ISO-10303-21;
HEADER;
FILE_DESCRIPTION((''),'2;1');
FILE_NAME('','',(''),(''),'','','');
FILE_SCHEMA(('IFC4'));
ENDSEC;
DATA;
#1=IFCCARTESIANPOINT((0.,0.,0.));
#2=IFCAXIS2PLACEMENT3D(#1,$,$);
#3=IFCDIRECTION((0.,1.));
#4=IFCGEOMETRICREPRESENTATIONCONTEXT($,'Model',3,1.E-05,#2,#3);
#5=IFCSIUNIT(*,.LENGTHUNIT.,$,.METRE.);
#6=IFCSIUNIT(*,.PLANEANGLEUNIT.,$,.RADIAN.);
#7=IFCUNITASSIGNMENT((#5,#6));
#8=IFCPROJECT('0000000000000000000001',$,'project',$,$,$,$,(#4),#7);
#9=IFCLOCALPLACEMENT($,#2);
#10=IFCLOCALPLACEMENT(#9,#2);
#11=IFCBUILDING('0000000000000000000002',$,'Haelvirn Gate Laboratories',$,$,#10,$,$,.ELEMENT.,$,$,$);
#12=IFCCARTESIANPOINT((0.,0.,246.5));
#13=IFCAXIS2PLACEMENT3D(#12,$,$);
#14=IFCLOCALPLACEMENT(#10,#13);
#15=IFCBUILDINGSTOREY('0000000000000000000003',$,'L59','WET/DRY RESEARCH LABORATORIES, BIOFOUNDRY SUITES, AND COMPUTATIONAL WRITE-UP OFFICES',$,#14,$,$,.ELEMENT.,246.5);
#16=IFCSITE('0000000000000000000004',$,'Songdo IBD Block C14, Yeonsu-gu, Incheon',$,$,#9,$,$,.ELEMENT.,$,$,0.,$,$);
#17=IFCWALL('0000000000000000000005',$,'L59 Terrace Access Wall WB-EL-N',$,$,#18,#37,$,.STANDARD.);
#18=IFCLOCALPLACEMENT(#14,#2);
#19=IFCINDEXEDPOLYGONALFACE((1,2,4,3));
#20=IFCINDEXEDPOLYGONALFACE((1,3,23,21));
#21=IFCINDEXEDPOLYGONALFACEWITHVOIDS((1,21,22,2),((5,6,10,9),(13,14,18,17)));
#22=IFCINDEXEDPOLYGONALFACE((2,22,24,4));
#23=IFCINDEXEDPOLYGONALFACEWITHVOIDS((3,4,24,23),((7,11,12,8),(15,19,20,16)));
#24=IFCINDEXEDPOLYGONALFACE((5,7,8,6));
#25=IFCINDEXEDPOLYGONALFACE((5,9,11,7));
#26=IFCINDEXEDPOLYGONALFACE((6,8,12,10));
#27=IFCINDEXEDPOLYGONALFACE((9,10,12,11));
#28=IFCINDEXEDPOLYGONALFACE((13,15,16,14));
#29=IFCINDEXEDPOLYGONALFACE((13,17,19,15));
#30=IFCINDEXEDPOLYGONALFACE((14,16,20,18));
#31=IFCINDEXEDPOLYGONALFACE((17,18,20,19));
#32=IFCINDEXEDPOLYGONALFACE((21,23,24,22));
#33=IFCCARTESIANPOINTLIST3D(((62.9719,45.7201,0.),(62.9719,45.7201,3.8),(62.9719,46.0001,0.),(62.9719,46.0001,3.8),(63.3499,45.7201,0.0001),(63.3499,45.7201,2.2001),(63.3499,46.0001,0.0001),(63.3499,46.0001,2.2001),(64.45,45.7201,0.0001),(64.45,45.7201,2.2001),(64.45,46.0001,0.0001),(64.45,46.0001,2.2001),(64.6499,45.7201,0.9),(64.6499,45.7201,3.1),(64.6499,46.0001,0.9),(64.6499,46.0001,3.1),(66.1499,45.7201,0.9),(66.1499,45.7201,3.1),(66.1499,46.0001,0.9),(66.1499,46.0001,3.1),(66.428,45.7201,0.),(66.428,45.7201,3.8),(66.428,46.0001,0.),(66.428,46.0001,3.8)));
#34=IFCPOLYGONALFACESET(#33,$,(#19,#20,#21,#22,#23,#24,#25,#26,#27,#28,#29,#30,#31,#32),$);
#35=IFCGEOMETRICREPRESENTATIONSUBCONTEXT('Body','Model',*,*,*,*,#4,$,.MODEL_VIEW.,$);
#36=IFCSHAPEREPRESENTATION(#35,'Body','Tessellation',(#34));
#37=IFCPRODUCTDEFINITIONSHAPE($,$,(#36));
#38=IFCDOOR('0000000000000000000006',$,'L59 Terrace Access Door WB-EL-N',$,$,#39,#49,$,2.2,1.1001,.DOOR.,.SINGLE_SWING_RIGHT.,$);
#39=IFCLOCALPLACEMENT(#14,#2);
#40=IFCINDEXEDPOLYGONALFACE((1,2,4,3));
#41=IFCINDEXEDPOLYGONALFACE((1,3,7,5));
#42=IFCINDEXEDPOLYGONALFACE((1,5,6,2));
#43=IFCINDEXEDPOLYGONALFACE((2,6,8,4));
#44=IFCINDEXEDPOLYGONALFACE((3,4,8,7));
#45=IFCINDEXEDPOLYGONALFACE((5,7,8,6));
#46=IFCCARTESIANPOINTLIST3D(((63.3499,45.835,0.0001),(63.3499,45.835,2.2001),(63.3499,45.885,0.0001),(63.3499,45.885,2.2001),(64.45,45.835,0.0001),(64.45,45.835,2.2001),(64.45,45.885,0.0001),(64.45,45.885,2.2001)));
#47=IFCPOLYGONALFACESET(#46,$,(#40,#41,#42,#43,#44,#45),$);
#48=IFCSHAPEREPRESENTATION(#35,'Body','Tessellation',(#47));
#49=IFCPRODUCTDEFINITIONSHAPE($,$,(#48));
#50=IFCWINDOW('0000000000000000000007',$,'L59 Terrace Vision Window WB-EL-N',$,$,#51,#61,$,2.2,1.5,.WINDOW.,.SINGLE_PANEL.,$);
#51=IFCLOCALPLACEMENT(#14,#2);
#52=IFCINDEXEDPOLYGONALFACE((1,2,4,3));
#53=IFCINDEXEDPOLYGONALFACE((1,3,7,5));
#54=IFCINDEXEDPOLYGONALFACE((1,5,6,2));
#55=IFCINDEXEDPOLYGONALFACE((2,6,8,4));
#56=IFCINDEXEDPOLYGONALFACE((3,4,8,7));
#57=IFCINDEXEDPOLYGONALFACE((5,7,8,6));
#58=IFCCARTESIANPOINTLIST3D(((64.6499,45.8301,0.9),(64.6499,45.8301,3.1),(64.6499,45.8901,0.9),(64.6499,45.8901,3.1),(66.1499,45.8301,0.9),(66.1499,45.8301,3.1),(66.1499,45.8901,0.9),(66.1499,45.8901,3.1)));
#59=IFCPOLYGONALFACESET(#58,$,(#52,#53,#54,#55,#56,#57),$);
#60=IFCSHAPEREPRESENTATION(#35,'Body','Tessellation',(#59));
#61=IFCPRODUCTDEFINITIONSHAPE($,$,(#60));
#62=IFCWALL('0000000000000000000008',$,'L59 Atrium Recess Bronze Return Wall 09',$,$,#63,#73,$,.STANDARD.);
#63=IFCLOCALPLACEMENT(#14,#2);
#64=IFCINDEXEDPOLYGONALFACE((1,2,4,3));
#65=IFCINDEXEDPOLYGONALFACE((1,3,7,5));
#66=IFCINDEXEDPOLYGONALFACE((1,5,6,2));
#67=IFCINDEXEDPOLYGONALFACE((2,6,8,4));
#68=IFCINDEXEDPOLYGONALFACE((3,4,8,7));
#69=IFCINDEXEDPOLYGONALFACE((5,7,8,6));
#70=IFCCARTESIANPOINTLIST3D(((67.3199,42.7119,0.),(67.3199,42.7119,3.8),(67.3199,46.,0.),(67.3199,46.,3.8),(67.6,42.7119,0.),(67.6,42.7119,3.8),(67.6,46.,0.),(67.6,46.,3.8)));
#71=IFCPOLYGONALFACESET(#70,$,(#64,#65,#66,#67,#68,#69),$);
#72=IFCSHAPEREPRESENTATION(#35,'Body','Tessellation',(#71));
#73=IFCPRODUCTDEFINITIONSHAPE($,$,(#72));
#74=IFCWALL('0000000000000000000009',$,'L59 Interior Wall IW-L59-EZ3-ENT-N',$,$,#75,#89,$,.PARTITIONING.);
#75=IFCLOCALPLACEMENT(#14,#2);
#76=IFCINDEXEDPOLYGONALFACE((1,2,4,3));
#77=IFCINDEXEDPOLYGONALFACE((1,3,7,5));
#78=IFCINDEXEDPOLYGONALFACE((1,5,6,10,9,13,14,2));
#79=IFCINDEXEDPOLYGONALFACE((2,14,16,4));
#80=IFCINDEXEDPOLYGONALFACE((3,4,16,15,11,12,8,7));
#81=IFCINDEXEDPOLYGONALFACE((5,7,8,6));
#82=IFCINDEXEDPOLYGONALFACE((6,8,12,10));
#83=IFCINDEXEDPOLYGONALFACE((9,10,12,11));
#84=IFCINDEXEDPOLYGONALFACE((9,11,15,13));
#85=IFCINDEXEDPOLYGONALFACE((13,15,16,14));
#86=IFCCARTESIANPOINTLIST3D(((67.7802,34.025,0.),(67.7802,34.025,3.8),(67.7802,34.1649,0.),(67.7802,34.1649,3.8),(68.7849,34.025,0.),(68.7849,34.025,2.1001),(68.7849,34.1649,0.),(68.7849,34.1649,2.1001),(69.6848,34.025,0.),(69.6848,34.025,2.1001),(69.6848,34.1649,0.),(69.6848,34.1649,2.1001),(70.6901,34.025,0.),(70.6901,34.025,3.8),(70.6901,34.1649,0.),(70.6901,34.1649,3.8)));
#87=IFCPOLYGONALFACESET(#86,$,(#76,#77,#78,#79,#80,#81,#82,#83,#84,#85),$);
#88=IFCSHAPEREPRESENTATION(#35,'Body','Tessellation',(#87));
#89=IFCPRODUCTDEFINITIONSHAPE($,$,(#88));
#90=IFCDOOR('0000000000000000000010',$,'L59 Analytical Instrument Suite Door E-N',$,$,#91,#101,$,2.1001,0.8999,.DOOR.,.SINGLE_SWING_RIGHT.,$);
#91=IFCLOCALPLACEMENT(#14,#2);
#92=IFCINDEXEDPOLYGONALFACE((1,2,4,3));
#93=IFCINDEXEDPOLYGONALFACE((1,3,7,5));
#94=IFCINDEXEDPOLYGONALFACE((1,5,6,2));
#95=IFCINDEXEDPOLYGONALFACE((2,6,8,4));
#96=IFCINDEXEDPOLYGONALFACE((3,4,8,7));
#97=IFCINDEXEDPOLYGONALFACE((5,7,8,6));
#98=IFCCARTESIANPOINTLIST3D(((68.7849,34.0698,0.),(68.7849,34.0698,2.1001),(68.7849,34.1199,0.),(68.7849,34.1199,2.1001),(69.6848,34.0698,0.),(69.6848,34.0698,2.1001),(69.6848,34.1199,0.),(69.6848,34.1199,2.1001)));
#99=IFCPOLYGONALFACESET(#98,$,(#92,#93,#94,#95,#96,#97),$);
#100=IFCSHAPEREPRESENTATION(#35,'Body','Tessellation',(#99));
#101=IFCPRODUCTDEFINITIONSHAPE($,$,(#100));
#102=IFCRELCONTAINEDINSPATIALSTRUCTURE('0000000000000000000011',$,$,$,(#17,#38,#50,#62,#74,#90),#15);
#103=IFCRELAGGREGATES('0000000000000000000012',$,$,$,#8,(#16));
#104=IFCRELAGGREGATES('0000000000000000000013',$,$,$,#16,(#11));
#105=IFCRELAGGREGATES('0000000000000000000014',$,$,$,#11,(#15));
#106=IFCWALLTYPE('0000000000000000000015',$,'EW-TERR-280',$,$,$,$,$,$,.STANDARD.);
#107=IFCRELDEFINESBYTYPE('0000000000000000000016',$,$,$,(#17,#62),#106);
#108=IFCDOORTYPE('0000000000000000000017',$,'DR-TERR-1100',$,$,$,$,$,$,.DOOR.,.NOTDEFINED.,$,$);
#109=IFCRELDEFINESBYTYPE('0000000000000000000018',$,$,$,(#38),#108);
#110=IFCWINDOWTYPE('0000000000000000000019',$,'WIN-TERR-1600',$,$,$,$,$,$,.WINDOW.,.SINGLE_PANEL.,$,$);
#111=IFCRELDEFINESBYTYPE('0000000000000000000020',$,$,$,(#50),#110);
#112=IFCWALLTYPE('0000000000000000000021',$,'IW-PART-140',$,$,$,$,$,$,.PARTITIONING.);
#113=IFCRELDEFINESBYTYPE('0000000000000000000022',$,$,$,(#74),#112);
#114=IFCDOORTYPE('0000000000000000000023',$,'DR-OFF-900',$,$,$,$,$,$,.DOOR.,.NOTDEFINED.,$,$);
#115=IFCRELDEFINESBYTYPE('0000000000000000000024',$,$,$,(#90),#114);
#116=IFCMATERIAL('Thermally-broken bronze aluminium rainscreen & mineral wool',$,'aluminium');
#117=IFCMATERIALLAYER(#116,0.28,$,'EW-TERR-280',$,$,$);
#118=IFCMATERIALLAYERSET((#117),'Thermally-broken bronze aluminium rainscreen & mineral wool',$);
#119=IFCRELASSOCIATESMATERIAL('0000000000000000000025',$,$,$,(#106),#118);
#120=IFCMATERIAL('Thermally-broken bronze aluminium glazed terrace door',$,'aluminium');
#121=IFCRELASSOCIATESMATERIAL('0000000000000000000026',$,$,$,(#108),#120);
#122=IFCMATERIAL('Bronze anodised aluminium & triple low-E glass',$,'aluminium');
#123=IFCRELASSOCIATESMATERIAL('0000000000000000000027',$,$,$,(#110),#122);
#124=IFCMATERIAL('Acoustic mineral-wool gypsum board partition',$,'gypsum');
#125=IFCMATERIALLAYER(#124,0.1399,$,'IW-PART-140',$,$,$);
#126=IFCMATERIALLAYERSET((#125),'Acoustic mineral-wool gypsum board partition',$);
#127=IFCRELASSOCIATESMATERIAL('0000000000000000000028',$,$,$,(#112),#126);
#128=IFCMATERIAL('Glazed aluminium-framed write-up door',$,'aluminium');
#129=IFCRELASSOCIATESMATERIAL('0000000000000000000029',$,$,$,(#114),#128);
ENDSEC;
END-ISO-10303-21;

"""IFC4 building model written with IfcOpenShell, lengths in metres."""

from ifc_helpers import new_model, si_unit, direction, frame, frame_2d, origin, place, context, subcontext, project, spatial, rectangle, extrude, source, transform, mapped, material, layer, layer_set, type_object, type_shapes, element, fill, save


model = new_model("IFC4")

# Units and contexts
model_context = context("Model", 3, precision=1e-05, world=origin(), true_north=direction((0.0, 1.0)))
body_context = subcontext(model_context, "Body", "Model", "MODEL_VIEW")
ifc_project = project(units=[si_unit("LENGTHUNIT", "METRE"), si_unit("PLANEANGLEUNIT", "RADIAN")], contexts=[model_context])

# Site, building, storey
site_placement = place(None, origin())
site = spatial("IfcSite", under=ifc_project, at=site_placement, Name="Songdo IBD Block C14, Yeonsu-gu, Incheon", CompositionType="ELEMENT", RefElevation=0.0)
building_placement = place(site_placement, origin())
building = spatial("IfcBuilding", under=site, at=building_placement, Name="Haelvirn Gate Laboratories", CompositionType="ELEMENT")
storey_placement = place(building_placement, frame((0.0, 0.0, 246.5)))
storey = spatial("IfcBuildingStorey", under=building, at=storey_placement, Name="L59", Description="WET/DRY RESEARCH LABORATORIES, BIOFOUNDRY SUITES, AND COMPUTATIONAL WRITE-UP OFFICES", CompositionType="ELEMENT", Elevation=246.5)

# Wall, openings, door, window
ifc_material_1 = material(Name="Thermally-broken bronze aluminium rainscreen & mineral wool", Category="aluminium")
ifc_layer_1 = layer(ifc_material_1, 0.28, Name="EW-TERR-280")
ifc_layer_set_1 = layer_set([ifc_layer_1], Name="Thermally-broken bronze aluminium rainscreen & mineral wool")
wall_type_1 = type_object("IfcWallType", Name="EW-TERR-280", PredefinedType="STANDARD", material=ifc_layer_set_1)
wall_1_placement = place(storey_placement, frame((62.9719, 45.8601, 0.0), z_axis=(0.0, 0.0, 1.0), x_axis=(1.0, 0.0, 0.0)))
wall_1 = element("IfcWall", 1, at=wall_1_placement, inside=storey, type_object=wall_type_1, Name="L59 Terrace Access Wall WB-EL-N", PredefinedType="STANDARD", context=body_context, shape_type="SweptSolid", body=[
    extrude(rectangle(XDim=3.4561, YDim=0.28, at=frame_2d((1.728, 0.0))), origin(), (0.0, 0.0, 1.0), 3.8),
])
opening_1_placement = place(wall_1_placement, frame((0.3779, 0.0, 0.0)))
opening_1 = element("IfcOpeningElement", 2, at=opening_1_placement, cuts=wall_1, PredefinedType="OPENING", context=body_context, shape_type="SweptSolid", body=[
    extrude(rectangle(XDim=1.1001, YDim=2.2, at=frame_2d((0.55, 1.1001))), frame((0.0, 0.1499, 0.0), z_axis=(0.0, -1.0, 0.0), x_axis=(1.0, 0.0, 0.0)), (0.0, 0.0, 1.0), 0.3),
])
opening_2_placement = place(wall_1_placement, frame((1.678, 0.0, 0.8999)))
opening_2 = element("IfcOpeningElement", 3, at=opening_2_placement, cuts=wall_1, PredefinedType="OPENING", context=body_context, shape_type="SweptSolid", body=[
    extrude(rectangle(XDim=1.5, YDim=2.2, at=frame_2d((0.75, 1.1001))), frame((0.0, 0.1499, 0.0), z_axis=(0.0, -1.0, 0.0), x_axis=(1.0, 0.0, 0.0)), (0.0, 0.0, 1.0), 0.3),
])
ifc_material_2 = material(Name="Thermally-broken bronze aluminium glazed terrace door", Category="aluminium")
door_type_1 = type_object("IfcDoorType", Name="DR-TERR-1100", OperationType="NOTDEFINED", PredefinedType="DOOR", material=ifc_material_2)
shared_shape_1 = source(origin(), body_context, "Body", "SweptSolid", [
    extrude(rectangle(XDim=1.1001, YDim=2.2, at=frame_2d((0.55, 1.1001))), frame((0.0, 0.0249, 0.0), z_axis=(0.0, -1.0, 0.0), x_axis=(1.0, 0.0, 0.0)), (0.0, 0.0, 1.0), 0.05),
])
type_shapes(door_type_1, [shared_shape_1])
door_1_placement = place(opening_1_placement, origin())
door_1 = element("IfcDoor", 4, at=door_1_placement, inside=storey, type_object=door_type_1, Name="L59 Terrace Access Door WB-EL-N", OperationType="SINGLE_SWING_RIGHT", OverallHeight=2.2, OverallWidth=1.1001, PredefinedType="DOOR", context=body_context, shape_type="MappedRepresentation", body=[
    mapped(shared_shape_1, transform((0.0, 0.0, 0.0), scale=1.0)),
])
fill(opening_1, door_1)
ifc_material_3 = material(Name="Bronze anodised aluminium & triple low-E glass", Category="aluminium")
window_type = type_object("IfcWindowType", Name="WIN-TERR-1600", PartitioningType="SINGLE_PANEL", PredefinedType="WINDOW", material=ifc_material_3)
shared_shape_2 = source(origin(), body_context, "Body", "SweptSolid", [
    extrude(rectangle(XDim=1.5, YDim=2.2, at=frame_2d((0.75, 1.1001))), frame((0.0, 0.03, 0.0), z_axis=(0.0, -1.0, 0.0), x_axis=(1.0, 0.0, 0.0)), (0.0, 0.0, 1.0), 0.0601),
])
type_shapes(window_type, [shared_shape_2])
window_placement = place(opening_2_placement, origin())
window = element("IfcWindow", 5, at=window_placement, inside=storey, type_object=window_type, Name="L59 Terrace Vision Window WB-EL-N", OverallHeight=2.2, OverallWidth=1.5, PartitioningType="SINGLE_PANEL", PredefinedType="WINDOW", context=body_context, shape_type="MappedRepresentation", body=[
    mapped(shared_shape_2, transform((0.0, 0.0, 0.0), scale=1.0)),
])
fill(opening_2, window)

# Wall
wall_2_placement = place(storey_placement, frame((67.46, 42.7119, 0.0), z_axis=(0.0, 0.0, 1.0), x_axis=(0.0, 1.0, 0.0)))
element("IfcWall", 6, at=wall_2_placement, inside=storey, type_object=wall_type_1, Name="L59 Atrium Recess Bronze Return Wall 09", PredefinedType="STANDARD", context=body_context, shape_type="SweptSolid", body=[
    extrude(rectangle(XDim=3.2881, YDim=0.28, at=frame_2d((1.644, 0.0))), origin(), (0.0, 0.0, 1.0), 3.8),
])

# Wall, opening, door
ifc_material_4 = material(Name="Acoustic mineral-wool gypsum board partition", Category="gypsum")
ifc_layer_2 = layer(ifc_material_4, 0.1399, Name="IW-PART-140")
ifc_layer_set_2 = layer_set([ifc_layer_2], Name="Acoustic mineral-wool gypsum board partition")
wall_type_2 = type_object("IfcWallType", Name="IW-PART-140", PredefinedType="PARTITIONING", material=ifc_layer_set_2)
wall_3_placement = place(storey_placement, frame((67.78, 34.095, 0.0), z_axis=(0.0, 0.0, 1.0), x_axis=(1.0, 0.0, 0.0)))
wall_3 = element("IfcWall", 7, at=wall_3_placement, inside=storey, type_object=wall_type_2, Name="L59 Interior Wall IW-L59-EZ3-ENT-N", PredefinedType="PARTITIONING", context=body_context, shape_type="SweptSolid", body=[
    extrude(rectangle(XDim=2.9099, YDim=0.1399, at=frame_2d((1.4551, 0.0))), origin(), (0.0, 0.0, 1.0), 3.8),
])
opening_3_placement = place(wall_3_placement, frame((1.0049, 0.0, 0.0)))
opening_3 = element("IfcOpeningElement", 8, at=opening_3_placement, cuts=wall_3, PredefinedType="OPENING", context=body_context, shape_type="SweptSolid", body=[
    extrude(rectangle(XDim=0.8999, YDim=2.1001, at=frame_2d((0.45, 1.05))), frame((0.0, 0.0801, 0.0), z_axis=(0.0, -1.0, 0.0), x_axis=(1.0, 0.0, 0.0)), (0.0, 0.0, 1.0), 0.1599),
])
ifc_material_5 = material(Name="Glazed aluminium-framed write-up door", Category="aluminium")
door_type_2 = type_object("IfcDoorType", Name="DR-OFF-900", OperationType="NOTDEFINED", PredefinedType="DOOR", material=ifc_material_5)
shared_shape_3 = source(origin(), body_context, "Body", "SweptSolid", [
    extrude(rectangle(XDim=0.8999, YDim=2.1001, at=frame_2d((0.45, 1.05))), frame((0.0, 0.0249, 0.0), z_axis=(0.0, -1.0, 0.0), x_axis=(1.0, 0.0, 0.0)), (0.0, 0.0, 1.0), 0.05),
])
type_shapes(door_type_2, [shared_shape_3])
door_2_placement = place(opening_3_placement, origin())
door_2 = element("IfcDoor", 9, at=door_2_placement, inside=storey, type_object=door_type_2, Name="L59 Analytical Instrument Suite Door E-N", OperationType="SINGLE_SWING_RIGHT", OverallHeight=2.1001, OverallWidth=0.8999, PredefinedType="DOOR", context=body_context, shape_type="MappedRepresentation", body=[
    mapped(shared_shape_3, transform((0.0, 0.0, 0.0), scale=1.0)),
])
fill(opening_3, door_2)

save(model, "model.ifc")
